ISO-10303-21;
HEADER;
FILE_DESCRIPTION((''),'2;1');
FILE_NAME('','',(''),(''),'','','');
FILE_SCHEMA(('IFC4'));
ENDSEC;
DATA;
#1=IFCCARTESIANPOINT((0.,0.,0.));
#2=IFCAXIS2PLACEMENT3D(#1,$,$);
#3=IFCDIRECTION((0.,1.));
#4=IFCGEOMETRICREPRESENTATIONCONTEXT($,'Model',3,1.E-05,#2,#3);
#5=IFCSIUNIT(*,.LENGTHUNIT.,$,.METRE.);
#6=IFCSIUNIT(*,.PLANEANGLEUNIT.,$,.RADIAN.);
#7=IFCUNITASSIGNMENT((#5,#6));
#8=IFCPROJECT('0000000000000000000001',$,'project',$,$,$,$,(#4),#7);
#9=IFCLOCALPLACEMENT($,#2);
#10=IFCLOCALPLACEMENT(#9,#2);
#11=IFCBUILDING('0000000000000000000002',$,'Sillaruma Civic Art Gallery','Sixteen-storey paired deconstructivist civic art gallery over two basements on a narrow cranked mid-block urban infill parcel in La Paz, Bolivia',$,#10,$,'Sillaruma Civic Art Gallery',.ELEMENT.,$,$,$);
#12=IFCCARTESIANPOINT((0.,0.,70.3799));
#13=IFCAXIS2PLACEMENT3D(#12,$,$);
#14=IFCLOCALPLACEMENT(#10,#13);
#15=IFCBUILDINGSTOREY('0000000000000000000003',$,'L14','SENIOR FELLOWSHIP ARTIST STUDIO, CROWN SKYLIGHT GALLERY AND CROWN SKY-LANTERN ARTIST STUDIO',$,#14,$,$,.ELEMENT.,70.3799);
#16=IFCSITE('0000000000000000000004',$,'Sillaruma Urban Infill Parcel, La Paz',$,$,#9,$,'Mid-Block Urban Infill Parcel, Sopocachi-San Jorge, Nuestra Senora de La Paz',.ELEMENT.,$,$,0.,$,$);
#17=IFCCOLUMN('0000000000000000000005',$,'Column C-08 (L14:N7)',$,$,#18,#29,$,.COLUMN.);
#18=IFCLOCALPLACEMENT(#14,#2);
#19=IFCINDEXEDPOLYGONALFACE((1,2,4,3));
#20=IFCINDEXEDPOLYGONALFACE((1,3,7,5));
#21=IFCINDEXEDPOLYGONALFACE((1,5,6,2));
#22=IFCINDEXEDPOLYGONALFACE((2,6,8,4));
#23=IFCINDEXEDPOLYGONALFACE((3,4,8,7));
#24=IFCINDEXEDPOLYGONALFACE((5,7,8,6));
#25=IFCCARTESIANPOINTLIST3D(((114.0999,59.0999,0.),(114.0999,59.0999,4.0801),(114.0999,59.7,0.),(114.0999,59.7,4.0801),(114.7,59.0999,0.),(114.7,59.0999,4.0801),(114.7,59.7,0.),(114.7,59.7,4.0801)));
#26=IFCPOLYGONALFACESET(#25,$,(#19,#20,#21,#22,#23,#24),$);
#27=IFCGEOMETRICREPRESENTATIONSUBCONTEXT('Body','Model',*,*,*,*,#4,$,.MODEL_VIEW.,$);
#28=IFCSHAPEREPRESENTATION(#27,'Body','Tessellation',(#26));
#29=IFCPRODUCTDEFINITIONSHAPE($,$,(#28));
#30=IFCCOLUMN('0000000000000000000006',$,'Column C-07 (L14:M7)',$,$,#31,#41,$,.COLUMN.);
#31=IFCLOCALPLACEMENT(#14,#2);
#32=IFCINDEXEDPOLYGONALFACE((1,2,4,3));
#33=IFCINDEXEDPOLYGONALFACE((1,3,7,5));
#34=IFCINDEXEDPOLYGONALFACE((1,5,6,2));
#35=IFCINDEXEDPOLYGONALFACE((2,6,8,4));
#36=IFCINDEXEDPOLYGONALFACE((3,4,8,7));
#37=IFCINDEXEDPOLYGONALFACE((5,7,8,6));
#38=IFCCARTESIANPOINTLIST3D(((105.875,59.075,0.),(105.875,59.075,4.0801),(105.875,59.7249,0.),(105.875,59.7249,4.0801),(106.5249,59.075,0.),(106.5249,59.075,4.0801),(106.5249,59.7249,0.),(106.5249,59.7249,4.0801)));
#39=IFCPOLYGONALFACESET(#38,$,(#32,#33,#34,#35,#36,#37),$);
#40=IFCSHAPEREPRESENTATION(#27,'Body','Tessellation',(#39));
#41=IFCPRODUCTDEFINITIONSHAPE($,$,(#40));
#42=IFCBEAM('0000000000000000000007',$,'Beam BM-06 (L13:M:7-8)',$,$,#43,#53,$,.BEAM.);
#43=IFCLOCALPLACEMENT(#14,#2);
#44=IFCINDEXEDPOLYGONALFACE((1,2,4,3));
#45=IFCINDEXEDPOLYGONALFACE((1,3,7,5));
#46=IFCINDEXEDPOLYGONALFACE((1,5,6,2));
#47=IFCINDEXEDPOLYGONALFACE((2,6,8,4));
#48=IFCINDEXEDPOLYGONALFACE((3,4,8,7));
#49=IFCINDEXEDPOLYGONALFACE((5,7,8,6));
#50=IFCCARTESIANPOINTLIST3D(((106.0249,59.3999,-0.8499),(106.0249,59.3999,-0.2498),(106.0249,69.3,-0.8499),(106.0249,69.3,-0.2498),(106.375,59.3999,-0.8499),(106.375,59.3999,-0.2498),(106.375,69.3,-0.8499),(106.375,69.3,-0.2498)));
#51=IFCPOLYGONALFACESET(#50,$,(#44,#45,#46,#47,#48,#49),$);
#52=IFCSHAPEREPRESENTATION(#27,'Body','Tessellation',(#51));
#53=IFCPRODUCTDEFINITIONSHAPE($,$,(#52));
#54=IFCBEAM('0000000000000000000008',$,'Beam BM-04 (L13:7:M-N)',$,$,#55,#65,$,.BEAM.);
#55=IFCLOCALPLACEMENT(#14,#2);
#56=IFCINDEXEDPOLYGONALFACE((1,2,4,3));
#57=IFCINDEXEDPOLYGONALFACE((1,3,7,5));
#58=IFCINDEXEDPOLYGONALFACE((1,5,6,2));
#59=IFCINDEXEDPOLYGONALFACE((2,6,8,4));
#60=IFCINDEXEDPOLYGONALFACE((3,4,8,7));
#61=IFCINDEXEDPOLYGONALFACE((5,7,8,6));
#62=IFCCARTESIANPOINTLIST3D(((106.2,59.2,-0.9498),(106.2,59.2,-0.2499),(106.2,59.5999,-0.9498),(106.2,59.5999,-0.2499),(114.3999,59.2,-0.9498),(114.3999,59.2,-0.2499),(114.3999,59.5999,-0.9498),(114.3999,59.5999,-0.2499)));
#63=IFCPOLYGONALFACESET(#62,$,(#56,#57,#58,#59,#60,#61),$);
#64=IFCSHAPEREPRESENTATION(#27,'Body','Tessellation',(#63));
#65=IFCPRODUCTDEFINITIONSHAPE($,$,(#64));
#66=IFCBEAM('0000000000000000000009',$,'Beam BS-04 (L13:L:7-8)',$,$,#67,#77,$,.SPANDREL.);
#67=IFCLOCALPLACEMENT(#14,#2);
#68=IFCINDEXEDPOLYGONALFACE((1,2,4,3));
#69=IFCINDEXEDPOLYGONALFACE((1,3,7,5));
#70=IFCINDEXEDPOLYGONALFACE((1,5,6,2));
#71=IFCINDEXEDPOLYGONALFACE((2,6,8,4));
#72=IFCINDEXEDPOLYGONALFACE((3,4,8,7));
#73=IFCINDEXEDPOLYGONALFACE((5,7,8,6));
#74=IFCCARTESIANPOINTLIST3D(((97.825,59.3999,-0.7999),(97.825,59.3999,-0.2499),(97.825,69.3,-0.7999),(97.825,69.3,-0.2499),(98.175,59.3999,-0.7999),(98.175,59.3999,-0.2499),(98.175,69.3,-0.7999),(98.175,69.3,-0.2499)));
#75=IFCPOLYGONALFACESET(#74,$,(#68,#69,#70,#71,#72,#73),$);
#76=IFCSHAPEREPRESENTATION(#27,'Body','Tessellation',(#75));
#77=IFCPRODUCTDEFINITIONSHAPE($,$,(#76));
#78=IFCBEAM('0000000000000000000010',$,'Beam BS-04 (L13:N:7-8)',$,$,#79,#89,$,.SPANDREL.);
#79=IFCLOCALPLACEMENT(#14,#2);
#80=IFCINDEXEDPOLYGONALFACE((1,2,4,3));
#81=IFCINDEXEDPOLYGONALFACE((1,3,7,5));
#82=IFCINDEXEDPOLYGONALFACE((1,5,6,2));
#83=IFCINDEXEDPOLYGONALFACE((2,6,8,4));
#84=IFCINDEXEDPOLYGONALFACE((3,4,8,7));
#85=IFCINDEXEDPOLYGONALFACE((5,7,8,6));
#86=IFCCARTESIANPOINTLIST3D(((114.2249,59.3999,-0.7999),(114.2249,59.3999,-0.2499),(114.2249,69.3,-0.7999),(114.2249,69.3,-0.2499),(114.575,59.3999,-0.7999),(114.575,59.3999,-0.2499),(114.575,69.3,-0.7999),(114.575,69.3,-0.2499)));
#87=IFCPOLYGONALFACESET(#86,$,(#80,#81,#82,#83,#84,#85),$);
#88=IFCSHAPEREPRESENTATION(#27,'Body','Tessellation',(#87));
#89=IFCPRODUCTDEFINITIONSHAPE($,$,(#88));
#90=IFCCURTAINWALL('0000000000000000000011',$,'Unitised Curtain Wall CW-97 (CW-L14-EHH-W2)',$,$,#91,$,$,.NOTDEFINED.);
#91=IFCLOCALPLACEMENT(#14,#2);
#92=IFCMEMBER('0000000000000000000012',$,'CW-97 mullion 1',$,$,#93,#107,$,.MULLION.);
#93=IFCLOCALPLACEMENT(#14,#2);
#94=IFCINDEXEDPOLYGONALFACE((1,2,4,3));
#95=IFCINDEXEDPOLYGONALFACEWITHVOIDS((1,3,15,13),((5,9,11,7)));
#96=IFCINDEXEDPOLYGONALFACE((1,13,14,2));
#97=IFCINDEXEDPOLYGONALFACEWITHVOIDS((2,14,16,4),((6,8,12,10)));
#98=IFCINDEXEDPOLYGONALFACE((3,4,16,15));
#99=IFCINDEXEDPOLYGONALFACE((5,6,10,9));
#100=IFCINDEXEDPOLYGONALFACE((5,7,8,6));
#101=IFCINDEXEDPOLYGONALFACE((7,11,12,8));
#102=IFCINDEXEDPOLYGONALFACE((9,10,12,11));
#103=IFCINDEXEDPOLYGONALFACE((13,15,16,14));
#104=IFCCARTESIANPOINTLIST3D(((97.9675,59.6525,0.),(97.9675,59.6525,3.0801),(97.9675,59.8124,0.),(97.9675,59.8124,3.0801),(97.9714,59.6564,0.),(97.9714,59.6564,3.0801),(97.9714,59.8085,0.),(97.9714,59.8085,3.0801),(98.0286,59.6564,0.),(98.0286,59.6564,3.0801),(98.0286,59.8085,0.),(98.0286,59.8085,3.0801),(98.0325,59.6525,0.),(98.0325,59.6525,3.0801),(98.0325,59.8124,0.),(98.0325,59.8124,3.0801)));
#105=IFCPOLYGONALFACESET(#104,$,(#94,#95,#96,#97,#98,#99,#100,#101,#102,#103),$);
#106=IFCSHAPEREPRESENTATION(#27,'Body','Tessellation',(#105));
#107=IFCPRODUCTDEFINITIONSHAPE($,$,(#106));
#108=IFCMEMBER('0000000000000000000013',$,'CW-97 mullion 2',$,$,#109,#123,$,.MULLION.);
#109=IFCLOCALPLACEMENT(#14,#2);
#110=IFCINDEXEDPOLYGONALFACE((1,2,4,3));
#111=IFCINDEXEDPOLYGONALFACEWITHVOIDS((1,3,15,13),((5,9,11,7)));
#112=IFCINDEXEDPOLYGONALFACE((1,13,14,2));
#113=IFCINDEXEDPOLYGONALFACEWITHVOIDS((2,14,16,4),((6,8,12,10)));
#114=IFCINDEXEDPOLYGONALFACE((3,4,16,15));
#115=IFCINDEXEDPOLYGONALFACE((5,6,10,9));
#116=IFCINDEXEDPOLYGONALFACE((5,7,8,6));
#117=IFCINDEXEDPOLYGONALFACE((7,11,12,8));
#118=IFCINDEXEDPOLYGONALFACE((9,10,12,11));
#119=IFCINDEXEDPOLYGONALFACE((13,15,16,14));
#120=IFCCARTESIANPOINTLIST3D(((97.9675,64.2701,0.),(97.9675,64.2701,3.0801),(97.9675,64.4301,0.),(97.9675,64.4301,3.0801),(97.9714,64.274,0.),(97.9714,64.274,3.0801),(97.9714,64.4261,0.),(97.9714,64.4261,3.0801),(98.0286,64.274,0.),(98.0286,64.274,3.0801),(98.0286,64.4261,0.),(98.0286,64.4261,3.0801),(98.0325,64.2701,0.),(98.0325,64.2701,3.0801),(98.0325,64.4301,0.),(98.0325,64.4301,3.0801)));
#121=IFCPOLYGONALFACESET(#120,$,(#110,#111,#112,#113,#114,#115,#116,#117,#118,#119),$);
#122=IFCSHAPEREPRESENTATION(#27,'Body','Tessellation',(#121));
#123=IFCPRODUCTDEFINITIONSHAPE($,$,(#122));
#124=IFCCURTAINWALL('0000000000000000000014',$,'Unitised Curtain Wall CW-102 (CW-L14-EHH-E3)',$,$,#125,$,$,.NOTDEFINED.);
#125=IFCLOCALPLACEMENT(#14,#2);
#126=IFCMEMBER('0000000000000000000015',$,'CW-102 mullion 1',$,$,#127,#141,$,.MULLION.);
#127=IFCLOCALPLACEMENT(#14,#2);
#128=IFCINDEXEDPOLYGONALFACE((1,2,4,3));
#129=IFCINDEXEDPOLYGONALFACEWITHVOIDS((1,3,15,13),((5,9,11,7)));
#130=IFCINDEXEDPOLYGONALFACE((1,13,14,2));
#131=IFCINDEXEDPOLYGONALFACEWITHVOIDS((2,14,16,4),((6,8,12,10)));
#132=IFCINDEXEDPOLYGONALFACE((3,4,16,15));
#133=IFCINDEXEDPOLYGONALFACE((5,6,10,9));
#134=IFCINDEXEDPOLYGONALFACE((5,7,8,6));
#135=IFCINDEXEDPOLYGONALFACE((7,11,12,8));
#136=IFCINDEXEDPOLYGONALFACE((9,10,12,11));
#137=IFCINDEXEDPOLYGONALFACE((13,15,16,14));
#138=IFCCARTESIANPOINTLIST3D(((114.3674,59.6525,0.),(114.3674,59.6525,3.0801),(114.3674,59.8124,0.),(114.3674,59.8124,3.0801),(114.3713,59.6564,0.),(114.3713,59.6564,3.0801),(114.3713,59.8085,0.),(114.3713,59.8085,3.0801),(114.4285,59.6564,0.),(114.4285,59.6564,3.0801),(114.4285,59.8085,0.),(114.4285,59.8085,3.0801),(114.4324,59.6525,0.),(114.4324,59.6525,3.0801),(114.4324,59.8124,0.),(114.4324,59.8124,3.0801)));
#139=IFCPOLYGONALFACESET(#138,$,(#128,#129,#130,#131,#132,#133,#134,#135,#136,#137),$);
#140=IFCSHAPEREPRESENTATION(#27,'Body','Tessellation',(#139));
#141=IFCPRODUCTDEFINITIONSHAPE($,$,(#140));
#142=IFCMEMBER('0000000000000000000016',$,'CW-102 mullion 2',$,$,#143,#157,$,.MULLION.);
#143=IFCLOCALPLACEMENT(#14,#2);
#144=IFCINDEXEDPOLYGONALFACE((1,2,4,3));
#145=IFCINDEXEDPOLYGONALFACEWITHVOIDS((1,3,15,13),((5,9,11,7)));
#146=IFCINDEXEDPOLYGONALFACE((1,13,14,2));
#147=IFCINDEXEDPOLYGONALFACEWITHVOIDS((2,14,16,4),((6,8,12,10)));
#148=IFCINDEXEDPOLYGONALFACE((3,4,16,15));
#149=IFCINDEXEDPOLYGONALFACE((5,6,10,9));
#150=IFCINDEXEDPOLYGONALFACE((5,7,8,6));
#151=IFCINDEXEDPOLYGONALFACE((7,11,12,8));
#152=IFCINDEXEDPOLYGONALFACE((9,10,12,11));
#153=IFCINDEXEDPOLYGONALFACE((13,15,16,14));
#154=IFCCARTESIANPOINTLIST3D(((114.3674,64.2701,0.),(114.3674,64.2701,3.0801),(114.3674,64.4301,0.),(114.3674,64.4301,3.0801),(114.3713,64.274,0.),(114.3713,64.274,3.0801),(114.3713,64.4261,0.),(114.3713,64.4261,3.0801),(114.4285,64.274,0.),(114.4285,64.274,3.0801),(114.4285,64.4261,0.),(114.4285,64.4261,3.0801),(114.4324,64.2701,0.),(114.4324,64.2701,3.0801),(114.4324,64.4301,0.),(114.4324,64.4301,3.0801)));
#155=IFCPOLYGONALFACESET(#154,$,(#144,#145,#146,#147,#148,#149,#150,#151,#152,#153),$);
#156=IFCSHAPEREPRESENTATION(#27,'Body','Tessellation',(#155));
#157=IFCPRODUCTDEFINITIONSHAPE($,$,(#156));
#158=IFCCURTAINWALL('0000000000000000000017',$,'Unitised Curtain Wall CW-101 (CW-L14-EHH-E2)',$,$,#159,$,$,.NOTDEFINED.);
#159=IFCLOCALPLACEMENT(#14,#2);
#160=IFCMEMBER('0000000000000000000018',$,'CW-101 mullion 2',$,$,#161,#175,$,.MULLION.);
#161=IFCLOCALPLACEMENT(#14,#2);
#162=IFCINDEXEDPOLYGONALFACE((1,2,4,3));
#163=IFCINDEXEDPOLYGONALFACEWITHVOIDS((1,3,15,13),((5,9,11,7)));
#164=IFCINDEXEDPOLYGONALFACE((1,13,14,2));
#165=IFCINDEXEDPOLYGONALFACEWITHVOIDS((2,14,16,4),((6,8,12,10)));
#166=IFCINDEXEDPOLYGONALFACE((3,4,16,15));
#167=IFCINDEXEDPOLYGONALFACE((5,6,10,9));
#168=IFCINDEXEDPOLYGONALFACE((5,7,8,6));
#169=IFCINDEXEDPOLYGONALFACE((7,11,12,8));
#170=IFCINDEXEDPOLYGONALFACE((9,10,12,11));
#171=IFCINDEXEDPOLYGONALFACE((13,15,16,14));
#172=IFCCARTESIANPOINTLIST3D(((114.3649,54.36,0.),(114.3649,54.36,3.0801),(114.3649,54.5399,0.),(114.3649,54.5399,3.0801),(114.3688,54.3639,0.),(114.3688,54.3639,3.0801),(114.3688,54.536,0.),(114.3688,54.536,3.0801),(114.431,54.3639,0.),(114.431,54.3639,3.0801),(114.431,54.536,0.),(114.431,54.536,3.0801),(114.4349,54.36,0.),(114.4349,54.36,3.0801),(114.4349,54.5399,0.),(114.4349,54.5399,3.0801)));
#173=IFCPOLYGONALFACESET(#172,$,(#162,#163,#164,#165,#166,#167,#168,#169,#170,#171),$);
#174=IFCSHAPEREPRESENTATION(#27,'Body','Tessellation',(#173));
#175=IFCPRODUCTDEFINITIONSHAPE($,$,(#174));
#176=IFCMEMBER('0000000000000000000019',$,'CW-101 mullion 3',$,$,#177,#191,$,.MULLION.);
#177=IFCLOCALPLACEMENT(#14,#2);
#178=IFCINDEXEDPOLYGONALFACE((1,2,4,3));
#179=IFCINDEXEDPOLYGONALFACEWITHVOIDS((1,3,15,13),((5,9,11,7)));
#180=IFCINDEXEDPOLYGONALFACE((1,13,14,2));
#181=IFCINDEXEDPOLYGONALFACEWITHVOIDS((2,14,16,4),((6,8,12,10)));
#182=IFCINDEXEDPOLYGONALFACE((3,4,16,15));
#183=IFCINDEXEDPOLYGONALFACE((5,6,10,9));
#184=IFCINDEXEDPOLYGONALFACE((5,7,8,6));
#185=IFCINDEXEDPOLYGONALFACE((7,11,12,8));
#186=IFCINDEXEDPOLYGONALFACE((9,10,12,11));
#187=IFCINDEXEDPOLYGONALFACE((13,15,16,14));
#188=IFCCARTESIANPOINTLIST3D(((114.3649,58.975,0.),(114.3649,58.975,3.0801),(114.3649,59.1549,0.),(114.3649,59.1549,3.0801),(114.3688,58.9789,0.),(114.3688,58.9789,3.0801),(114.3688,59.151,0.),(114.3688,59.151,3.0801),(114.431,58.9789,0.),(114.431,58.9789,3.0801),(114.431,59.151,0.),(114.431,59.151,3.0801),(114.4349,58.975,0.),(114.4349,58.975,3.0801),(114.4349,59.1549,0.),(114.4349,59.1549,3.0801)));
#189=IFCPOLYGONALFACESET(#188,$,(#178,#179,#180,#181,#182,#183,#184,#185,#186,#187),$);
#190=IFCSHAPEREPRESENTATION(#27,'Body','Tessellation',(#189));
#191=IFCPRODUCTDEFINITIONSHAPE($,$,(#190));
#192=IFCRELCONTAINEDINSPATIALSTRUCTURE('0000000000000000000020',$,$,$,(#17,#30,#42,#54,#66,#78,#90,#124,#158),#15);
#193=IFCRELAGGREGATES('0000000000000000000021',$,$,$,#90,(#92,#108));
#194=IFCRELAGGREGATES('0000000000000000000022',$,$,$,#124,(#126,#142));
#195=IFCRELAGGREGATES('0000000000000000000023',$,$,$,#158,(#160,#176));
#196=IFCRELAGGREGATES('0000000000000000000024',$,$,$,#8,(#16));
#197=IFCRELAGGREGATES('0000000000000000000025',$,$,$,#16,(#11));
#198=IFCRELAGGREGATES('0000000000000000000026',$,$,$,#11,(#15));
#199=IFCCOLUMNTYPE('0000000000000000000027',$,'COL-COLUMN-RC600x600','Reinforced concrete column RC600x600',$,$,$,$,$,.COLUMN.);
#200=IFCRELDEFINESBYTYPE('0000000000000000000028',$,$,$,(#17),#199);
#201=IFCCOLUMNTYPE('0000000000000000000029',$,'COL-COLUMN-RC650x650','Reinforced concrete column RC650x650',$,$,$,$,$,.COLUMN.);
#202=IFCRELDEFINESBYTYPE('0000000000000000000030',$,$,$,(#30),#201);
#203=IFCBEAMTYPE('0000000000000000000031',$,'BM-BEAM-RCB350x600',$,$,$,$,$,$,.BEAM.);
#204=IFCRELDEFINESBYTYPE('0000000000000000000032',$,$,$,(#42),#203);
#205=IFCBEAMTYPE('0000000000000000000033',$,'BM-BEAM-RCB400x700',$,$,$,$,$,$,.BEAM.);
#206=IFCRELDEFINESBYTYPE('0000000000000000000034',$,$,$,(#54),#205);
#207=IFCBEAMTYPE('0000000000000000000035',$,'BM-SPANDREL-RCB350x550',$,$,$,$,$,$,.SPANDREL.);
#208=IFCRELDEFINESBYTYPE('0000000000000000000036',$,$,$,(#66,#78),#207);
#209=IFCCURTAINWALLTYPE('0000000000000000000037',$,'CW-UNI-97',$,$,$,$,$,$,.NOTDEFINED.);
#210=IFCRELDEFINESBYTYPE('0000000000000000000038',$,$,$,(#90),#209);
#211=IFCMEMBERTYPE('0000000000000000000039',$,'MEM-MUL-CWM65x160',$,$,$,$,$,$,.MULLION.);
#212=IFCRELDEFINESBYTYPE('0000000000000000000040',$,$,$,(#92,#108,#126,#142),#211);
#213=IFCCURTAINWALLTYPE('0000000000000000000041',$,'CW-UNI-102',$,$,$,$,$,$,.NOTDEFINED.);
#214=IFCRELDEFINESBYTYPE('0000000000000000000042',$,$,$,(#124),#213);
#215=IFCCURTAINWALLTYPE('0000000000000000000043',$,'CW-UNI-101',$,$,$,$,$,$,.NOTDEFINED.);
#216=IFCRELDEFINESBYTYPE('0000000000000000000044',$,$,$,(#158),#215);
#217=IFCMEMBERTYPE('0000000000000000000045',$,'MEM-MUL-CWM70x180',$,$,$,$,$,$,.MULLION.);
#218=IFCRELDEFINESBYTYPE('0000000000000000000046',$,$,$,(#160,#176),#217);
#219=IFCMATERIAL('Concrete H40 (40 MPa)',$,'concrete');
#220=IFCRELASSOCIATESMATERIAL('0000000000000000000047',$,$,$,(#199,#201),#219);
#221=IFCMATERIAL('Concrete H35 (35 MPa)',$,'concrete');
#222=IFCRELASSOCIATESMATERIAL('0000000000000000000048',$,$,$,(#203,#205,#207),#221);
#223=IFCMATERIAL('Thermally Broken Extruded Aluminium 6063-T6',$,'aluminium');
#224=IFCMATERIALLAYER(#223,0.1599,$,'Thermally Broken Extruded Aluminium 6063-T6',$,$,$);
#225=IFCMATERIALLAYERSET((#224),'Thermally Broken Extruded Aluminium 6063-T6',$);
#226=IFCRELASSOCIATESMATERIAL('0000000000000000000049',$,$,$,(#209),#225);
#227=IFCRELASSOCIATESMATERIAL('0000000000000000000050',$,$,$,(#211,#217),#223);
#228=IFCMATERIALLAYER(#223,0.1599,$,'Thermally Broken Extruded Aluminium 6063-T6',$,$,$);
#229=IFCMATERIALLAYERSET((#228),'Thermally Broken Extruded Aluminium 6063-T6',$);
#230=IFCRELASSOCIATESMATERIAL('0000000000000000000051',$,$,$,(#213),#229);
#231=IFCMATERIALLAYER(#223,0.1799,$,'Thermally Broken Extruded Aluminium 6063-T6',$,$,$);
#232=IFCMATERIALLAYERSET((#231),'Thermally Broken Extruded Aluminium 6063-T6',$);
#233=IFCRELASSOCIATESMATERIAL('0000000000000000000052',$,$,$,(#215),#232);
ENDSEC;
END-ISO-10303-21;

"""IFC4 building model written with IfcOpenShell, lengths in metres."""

from ifc_helpers import new_model, si_unit, direction, frame, origin, origin_2d, place, context, subcontext, project, spatial, rectangle, hollow_rectangle, extrude, material, layer, layer_set, material_profile, profile_set, type_object, element, aggregate, save


model = new_model("IFC4")

# Units and contexts
model_context = context("Model", 3, precision=1e-05, world=origin(), true_north=direction((0.0, 1.0)))
body_context = subcontext(model_context, "Body", "Model", "MODEL_VIEW")
ifc_project = project(units=[si_unit("LENGTHUNIT", "METRE"), si_unit("PLANEANGLEUNIT", "RADIAN")], contexts=[model_context])

# Site, building, storey
site_placement = place(None, origin())
site = spatial("IfcSite", under=ifc_project, at=site_placement, Name="Sillaruma Urban Infill Parcel, La Paz", LongName="Mid-Block Urban Infill Parcel, Sopocachi-San Jorge, Nuestra Senora de La Paz", CompositionType="ELEMENT", RefElevation=0.0)
building_placement = place(site_placement, origin())
building = spatial("IfcBuilding", under=site, at=building_placement, Name="Sillaruma Civic Art Gallery", Description="Sixteen-storey paired deconstructivist civic art gallery over two basements on a narrow cranked mid-block urban infill parcel in La Paz, Bolivia", LongName="Sillaruma Civic Art Gallery", CompositionType="ELEMENT")
storey_placement = place(building_placement, frame((0.0, 0.0, 70.3799)))
storey = spatial("IfcBuildingStorey", under=building, at=storey_placement, Name="L14", Description="SENIOR FELLOWSHIP ARTIST STUDIO, CROWN SKYLIGHT GALLERY AND CROWN SKY-LANTERN ARTIST STUDIO", CompositionType="ELEMENT", Elevation=70.3799)

# Columns
ifc_material_1 = material(Name="Concrete H40 (40 MPa)", Category="concrete")
ifc_material_profile_1 = material_profile(ifc_material_1, rectangle(XDim=0.6001, YDim=0.6001, at=origin_2d()), Name="RC600x600")
ifc_profile_set_1 = profile_set([ifc_material_profile_1], Name="Concrete H40 (40 MPa)")
column_type_1 = type_object("IfcColumnType", Name="COL-COLUMN-RC600x600", Description="Reinforced concrete column RC600x600", PredefinedType="COLUMN", material=ifc_profile_set_1)
column_1_placement = place(storey_placement, frame((114.3999, 59.3999, 0.0), z_axis=(0.0, 0.0, 1.0), x_axis=(1.0, 0.0, 0.0)))
element("IfcColumn", 1, at=column_1_placement, inside=storey, type_object=column_type_1, Name="Column C-08 (L14:N7)", PredefinedType="COLUMN", context=body_context, shape_type="SweptSolid", body=[
    extrude(rectangle(XDim=0.6001, YDim=0.6001, at=origin_2d()), origin(), (0.0, 0.0, 1.0), 4.0801),
])
ifc_material_profile_2 = material_profile(ifc_material_1, rectangle(XDim=0.6499, YDim=0.6499, at=origin_2d()), Name="RC650x650")
ifc_profile_set_2 = profile_set([ifc_material_profile_2], Name="Concrete H40 (40 MPa)")
column_type_2 = type_object("IfcColumnType", Name="COL-COLUMN-RC650x650", Description="Reinforced concrete column RC650x650", PredefinedType="COLUMN", material=ifc_profile_set_2)
column_2_placement = place(storey_placement, frame((106.2, 59.3999, 0.0), z_axis=(0.0, 0.0, 1.0), x_axis=(1.0, 0.0, 0.0)))
element("IfcColumn", 2, at=column_2_placement, inside=storey, type_object=column_type_2, Name="Column C-07 (L14:M7)", PredefinedType="COLUMN", context=body_context, shape_type="SweptSolid", body=[
    extrude(rectangle(XDim=0.6499, YDim=0.6499, at=origin_2d()), origin(), (0.0, 0.0, 1.0), 4.0801),
])

# Beams
ifc_material_2 = material(Name="Concrete H35 (35 MPa)", Category="concrete")
ifc_material_profile_3 = material_profile(ifc_material_2, rectangle(XDim=0.3501, YDim=0.6001, at=origin_2d()), Name="RCB350x600")
ifc_profile_set_3 = profile_set([ifc_material_profile_3], Name="Concrete H35 (35 MPa)")
beam_type_1 = type_object("IfcBeamType", Name="BM-BEAM-RCB350x600", PredefinedType="BEAM", material=ifc_profile_set_3)
beam_1_placement = place(storey_placement, frame((106.2, 59.3999, -0.5498), z_axis=(0.0, 1.0, 0.0), x_axis=(-1.0, 0.0, 0.0)))
element("IfcBeam", 3, at=beam_1_placement, inside=storey, type_object=beam_type_1, Name="Beam BM-06 (L13:M:7-8)", PredefinedType="BEAM", context=body_context, shape_type="SweptSolid", body=[
    extrude(rectangle(XDim=0.3501, YDim=0.6001, at=origin_2d()), origin(), (0.0, 0.0, 1.0), 9.9001),
])
ifc_material_profile_4 = material_profile(ifc_material_2, rectangle(XDim=0.3999, YDim=0.7, at=origin_2d()), Name="RCB400x700")
ifc_profile_set_4 = profile_set([ifc_material_profile_4], Name="Concrete H35 (35 MPa)")
beam_type_2 = type_object("IfcBeamType", Name="BM-BEAM-RCB400x700", PredefinedType="BEAM", material=ifc_profile_set_4)
beam_2_placement = place(storey_placement, frame((106.2, 59.3999, -0.5999), z_axis=(1.0, 0.0, 0.0), x_axis=(0.0, 1.0, 0.0)))
element("IfcBeam", 4, at=beam_2_placement, inside=storey, type_object=beam_type_2, Name="Beam BM-04 (L13:7:M-N)", PredefinedType="BEAM", context=body_context, shape_type="SweptSolid", body=[
    extrude(rectangle(XDim=0.3999, YDim=0.7, at=origin_2d()), origin(), (0.0, 0.0, 1.0), 8.2),
])
ifc_material_profile_5 = material_profile(ifc_material_2, rectangle(XDim=0.3501, YDim=0.55, at=origin_2d()), Name="RCB350x550")
ifc_profile_set_5 = profile_set([ifc_material_profile_5], Name="Concrete H35 (35 MPa)")
beam_type_3 = type_object("IfcBeamType", Name="BM-SPANDREL-RCB350x550", PredefinedType="SPANDREL", material=ifc_profile_set_5)
for number, where, z_axis, x_axis, name in (
    (5, (98.0, 59.3999, -0.5249), (0.0, 1.0, 0.0), (-1.0, 0.0, 0.0), "Beam BS-04 (L13:L:7-8)"),
    (6, (114.3999, 59.3999, -0.5249), (0.0, 1.0, 0.0), (-1.0, 0.0, 0.0), "Beam BS-04 (L13:N:7-8)"),
):
    element("IfcBeam", number, at=place(storey_placement, frame(where, z_axis=z_axis, x_axis=x_axis)), inside=storey, type_object=beam_type_3, Name=name, PredefinedType="SPANDREL", context=body_context, shape_type="SweptSolid", body=[
        extrude(rectangle(XDim=0.3501, YDim=0.55, at=origin_2d()), origin(), (0.0, 0.0, 1.0), 9.9001),
    ])

# Curtain walls, members
ifc_material_3 = material(Name="Thermally Broken Extruded Aluminium 6063-T6", Category="aluminium")
ifc_layer_1 = layer(ifc_material_3, 0.1599, Name="Thermally Broken Extruded Aluminium 6063-T6")
ifc_layer_set_1 = layer_set([ifc_layer_1], Name="Thermally Broken Extruded Aluminium 6063-T6")
curtain_wall_type_1 = type_object("IfcCurtainWallType", Name="CW-UNI-97", PredefinedType="NOTDEFINED", material=ifc_layer_set_1)
curtain_wall_1_placement = place(storey_placement, origin())
curtain_wall_1 = element("IfcCurtainWall", 7, at=curtain_wall_1_placement, inside=storey, type_object=curtain_wall_type_1, Name="Unitised Curtain Wall CW-97 (CW-L14-EHH-W2)", PredefinedType="NOTDEFINED")
ifc_material_profile_6 = material_profile(ifc_material_3, hollow_rectangle(XDim=0.0649, YDim=0.1599, WallThickness=0.0039, at=origin_2d()), Name="CWM65x160")
ifc_profile_set_6 = profile_set([ifc_material_profile_6], Name="Thermally Broken Extruded Aluminium 6063-T6")
member_type_1 = type_object("IfcMemberType", Name="MEM-MUL-CWM65x160", PredefinedType="MULLION", material=ifc_profile_set_6)
member_1_placement = place(storey_placement, frame((98.0, 59.7324, 0.0), z_axis=(0.0, 0.0, 1.0), x_axis=(-1.0, 0.0, 0.0)))
member_1 = element("IfcMember", 8, at=member_1_placement, type_object=member_type_1, Name="CW-97 mullion 1", PredefinedType="MULLION", context=body_context, shape_type="SweptSolid", body=[
    extrude(hollow_rectangle(XDim=0.0649, YDim=0.1599, WallThickness=0.0039, at=origin_2d()), origin(), (0.0, 0.0, 1.0), 3.0801),
])
member_2_placement = place(storey_placement, frame((98.0, 64.3501, 0.0), z_axis=(0.0, 0.0, 1.0), x_axis=(-1.0, 0.0, 0.0)))
member_2 = element("IfcMember", 9, at=member_2_placement, type_object=member_type_1, Name="CW-97 mullion 2", PredefinedType="MULLION", context=body_context, shape_type="SweptSolid", body=[
    extrude(hollow_rectangle(XDim=0.0649, YDim=0.1599, WallThickness=0.0039, at=origin_2d()), origin(), (0.0, 0.0, 1.0), 3.0801),
])
ifc_layer_2 = layer(ifc_material_3, 0.1599, Name="Thermally Broken Extruded Aluminium 6063-T6")
ifc_layer_set_2 = layer_set([ifc_layer_2], Name="Thermally Broken Extruded Aluminium 6063-T6")
curtain_wall_type_2 = type_object("IfcCurtainWallType", Name="CW-UNI-102", PredefinedType="NOTDEFINED", material=ifc_layer_set_2)
curtain_wall_2_placement = place(storey_placement, origin())
curtain_wall_2 = element("IfcCurtainWall", 10, at=curtain_wall_2_placement, inside=storey, type_object=curtain_wall_type_2, Name="Unitised Curtain Wall CW-102 (CW-L14-EHH-E3)", PredefinedType="NOTDEFINED")
member_3_placement = place(storey_placement, frame((114.3999, 59.7324, 0.0), z_axis=(0.0, 0.0, 1.0), x_axis=(-1.0, 0.0, 0.0)))
member_3 = element("IfcMember", 11, at=member_3_placement, type_object=member_type_1, Name="CW-102 mullion 1", PredefinedType="MULLION", context=body_context, shape_type="SweptSolid", body=[
    extrude(hollow_rectangle(XDim=0.0649, YDim=0.1599, WallThickness=0.0039, at=origin_2d()), origin(), (0.0, 0.0, 1.0), 3.0801),
])
member_4_placement = place(storey_placement, frame((114.3999, 64.3501, 0.0), z_axis=(0.0, 0.0, 1.0), x_axis=(-1.0, 0.0, 0.0)))
member_4 = element("IfcMember", 12, at=member_4_placement, type_object=member_type_1, Name="CW-102 mullion 2", PredefinedType="MULLION", context=body_context, shape_type="SweptSolid", body=[
    extrude(hollow_rectangle(XDim=0.0649, YDim=0.1599, WallThickness=0.0039, at=origin_2d()), origin(), (0.0, 0.0, 1.0), 3.0801),
])
ifc_layer_3 = layer(ifc_material_3, 0.1799, Name="Thermally Broken Extruded Aluminium 6063-T6")
ifc_layer_set_3 = layer_set([ifc_layer_3], Name="Thermally Broken Extruded Aluminium 6063-T6")
curtain_wall_type_3 = type_object("IfcCurtainWallType", Name="CW-UNI-101", PredefinedType="NOTDEFINED", material=ifc_layer_set_3)
curtain_wall_3_placement = place(storey_placement, origin())
curtain_wall_3 = element("IfcCurtainWall", 13, at=curtain_wall_3_placement, inside=storey, type_object=curtain_wall_type_3, Name="Unitised Curtain Wall CW-101 (CW-L14-EHH-E2)", PredefinedType="NOTDEFINED")
ifc_material_profile_7 = material_profile(ifc_material_3, hollow_rectangle(XDim=0.0701, YDim=0.1799, WallThickness=0.0039, at=origin_2d()), Name="CWM70x180")
ifc_profile_set_7 = profile_set([ifc_material_profile_7], Name="Thermally Broken Extruded Aluminium 6063-T6")
member_type_2 = type_object("IfcMemberType", Name="MEM-MUL-CWM70x180", PredefinedType="MULLION", material=ifc_profile_set_7)
member_5_placement = place(storey_placement, frame((114.3999, 54.45, 0.0), z_axis=(0.0, 0.0, 1.0), x_axis=(-1.0, 0.0, 0.0)))
member_5 = element("IfcMember", 14, at=member_5_placement, type_object=member_type_2, Name="CW-101 mullion 2", PredefinedType="MULLION", context=body_context, shape_type="SweptSolid", body=[
    extrude(hollow_rectangle(XDim=0.0701, YDim=0.1799, WallThickness=0.0039, at=origin_2d()), origin(), (0.0, 0.0, 1.0), 3.0801),
])
member_6_placement = place(storey_placement, frame((114.3999, 59.0649, 0.0), z_axis=(0.0, 0.0, 1.0), x_axis=(-1.0, 0.0, 0.0)))
member_6 = element("IfcMember", 15, at=member_6_placement, type_object=member_type_2, Name="CW-101 mullion 3", PredefinedType="MULLION", context=body_context, shape_type="SweptSolid", body=[
    extrude(hollow_rectangle(XDim=0.0701, YDim=0.1799, WallThickness=0.0039, at=origin_2d()), origin(), (0.0, 0.0, 1.0), 3.0801),
])

aggregate(curtain_wall_1, [member_1, member_2])
aggregate(curtain_wall_2, [member_3, member_4])
aggregate(curtain_wall_3, [member_5, member_6])

save(model, "model.ifc")
